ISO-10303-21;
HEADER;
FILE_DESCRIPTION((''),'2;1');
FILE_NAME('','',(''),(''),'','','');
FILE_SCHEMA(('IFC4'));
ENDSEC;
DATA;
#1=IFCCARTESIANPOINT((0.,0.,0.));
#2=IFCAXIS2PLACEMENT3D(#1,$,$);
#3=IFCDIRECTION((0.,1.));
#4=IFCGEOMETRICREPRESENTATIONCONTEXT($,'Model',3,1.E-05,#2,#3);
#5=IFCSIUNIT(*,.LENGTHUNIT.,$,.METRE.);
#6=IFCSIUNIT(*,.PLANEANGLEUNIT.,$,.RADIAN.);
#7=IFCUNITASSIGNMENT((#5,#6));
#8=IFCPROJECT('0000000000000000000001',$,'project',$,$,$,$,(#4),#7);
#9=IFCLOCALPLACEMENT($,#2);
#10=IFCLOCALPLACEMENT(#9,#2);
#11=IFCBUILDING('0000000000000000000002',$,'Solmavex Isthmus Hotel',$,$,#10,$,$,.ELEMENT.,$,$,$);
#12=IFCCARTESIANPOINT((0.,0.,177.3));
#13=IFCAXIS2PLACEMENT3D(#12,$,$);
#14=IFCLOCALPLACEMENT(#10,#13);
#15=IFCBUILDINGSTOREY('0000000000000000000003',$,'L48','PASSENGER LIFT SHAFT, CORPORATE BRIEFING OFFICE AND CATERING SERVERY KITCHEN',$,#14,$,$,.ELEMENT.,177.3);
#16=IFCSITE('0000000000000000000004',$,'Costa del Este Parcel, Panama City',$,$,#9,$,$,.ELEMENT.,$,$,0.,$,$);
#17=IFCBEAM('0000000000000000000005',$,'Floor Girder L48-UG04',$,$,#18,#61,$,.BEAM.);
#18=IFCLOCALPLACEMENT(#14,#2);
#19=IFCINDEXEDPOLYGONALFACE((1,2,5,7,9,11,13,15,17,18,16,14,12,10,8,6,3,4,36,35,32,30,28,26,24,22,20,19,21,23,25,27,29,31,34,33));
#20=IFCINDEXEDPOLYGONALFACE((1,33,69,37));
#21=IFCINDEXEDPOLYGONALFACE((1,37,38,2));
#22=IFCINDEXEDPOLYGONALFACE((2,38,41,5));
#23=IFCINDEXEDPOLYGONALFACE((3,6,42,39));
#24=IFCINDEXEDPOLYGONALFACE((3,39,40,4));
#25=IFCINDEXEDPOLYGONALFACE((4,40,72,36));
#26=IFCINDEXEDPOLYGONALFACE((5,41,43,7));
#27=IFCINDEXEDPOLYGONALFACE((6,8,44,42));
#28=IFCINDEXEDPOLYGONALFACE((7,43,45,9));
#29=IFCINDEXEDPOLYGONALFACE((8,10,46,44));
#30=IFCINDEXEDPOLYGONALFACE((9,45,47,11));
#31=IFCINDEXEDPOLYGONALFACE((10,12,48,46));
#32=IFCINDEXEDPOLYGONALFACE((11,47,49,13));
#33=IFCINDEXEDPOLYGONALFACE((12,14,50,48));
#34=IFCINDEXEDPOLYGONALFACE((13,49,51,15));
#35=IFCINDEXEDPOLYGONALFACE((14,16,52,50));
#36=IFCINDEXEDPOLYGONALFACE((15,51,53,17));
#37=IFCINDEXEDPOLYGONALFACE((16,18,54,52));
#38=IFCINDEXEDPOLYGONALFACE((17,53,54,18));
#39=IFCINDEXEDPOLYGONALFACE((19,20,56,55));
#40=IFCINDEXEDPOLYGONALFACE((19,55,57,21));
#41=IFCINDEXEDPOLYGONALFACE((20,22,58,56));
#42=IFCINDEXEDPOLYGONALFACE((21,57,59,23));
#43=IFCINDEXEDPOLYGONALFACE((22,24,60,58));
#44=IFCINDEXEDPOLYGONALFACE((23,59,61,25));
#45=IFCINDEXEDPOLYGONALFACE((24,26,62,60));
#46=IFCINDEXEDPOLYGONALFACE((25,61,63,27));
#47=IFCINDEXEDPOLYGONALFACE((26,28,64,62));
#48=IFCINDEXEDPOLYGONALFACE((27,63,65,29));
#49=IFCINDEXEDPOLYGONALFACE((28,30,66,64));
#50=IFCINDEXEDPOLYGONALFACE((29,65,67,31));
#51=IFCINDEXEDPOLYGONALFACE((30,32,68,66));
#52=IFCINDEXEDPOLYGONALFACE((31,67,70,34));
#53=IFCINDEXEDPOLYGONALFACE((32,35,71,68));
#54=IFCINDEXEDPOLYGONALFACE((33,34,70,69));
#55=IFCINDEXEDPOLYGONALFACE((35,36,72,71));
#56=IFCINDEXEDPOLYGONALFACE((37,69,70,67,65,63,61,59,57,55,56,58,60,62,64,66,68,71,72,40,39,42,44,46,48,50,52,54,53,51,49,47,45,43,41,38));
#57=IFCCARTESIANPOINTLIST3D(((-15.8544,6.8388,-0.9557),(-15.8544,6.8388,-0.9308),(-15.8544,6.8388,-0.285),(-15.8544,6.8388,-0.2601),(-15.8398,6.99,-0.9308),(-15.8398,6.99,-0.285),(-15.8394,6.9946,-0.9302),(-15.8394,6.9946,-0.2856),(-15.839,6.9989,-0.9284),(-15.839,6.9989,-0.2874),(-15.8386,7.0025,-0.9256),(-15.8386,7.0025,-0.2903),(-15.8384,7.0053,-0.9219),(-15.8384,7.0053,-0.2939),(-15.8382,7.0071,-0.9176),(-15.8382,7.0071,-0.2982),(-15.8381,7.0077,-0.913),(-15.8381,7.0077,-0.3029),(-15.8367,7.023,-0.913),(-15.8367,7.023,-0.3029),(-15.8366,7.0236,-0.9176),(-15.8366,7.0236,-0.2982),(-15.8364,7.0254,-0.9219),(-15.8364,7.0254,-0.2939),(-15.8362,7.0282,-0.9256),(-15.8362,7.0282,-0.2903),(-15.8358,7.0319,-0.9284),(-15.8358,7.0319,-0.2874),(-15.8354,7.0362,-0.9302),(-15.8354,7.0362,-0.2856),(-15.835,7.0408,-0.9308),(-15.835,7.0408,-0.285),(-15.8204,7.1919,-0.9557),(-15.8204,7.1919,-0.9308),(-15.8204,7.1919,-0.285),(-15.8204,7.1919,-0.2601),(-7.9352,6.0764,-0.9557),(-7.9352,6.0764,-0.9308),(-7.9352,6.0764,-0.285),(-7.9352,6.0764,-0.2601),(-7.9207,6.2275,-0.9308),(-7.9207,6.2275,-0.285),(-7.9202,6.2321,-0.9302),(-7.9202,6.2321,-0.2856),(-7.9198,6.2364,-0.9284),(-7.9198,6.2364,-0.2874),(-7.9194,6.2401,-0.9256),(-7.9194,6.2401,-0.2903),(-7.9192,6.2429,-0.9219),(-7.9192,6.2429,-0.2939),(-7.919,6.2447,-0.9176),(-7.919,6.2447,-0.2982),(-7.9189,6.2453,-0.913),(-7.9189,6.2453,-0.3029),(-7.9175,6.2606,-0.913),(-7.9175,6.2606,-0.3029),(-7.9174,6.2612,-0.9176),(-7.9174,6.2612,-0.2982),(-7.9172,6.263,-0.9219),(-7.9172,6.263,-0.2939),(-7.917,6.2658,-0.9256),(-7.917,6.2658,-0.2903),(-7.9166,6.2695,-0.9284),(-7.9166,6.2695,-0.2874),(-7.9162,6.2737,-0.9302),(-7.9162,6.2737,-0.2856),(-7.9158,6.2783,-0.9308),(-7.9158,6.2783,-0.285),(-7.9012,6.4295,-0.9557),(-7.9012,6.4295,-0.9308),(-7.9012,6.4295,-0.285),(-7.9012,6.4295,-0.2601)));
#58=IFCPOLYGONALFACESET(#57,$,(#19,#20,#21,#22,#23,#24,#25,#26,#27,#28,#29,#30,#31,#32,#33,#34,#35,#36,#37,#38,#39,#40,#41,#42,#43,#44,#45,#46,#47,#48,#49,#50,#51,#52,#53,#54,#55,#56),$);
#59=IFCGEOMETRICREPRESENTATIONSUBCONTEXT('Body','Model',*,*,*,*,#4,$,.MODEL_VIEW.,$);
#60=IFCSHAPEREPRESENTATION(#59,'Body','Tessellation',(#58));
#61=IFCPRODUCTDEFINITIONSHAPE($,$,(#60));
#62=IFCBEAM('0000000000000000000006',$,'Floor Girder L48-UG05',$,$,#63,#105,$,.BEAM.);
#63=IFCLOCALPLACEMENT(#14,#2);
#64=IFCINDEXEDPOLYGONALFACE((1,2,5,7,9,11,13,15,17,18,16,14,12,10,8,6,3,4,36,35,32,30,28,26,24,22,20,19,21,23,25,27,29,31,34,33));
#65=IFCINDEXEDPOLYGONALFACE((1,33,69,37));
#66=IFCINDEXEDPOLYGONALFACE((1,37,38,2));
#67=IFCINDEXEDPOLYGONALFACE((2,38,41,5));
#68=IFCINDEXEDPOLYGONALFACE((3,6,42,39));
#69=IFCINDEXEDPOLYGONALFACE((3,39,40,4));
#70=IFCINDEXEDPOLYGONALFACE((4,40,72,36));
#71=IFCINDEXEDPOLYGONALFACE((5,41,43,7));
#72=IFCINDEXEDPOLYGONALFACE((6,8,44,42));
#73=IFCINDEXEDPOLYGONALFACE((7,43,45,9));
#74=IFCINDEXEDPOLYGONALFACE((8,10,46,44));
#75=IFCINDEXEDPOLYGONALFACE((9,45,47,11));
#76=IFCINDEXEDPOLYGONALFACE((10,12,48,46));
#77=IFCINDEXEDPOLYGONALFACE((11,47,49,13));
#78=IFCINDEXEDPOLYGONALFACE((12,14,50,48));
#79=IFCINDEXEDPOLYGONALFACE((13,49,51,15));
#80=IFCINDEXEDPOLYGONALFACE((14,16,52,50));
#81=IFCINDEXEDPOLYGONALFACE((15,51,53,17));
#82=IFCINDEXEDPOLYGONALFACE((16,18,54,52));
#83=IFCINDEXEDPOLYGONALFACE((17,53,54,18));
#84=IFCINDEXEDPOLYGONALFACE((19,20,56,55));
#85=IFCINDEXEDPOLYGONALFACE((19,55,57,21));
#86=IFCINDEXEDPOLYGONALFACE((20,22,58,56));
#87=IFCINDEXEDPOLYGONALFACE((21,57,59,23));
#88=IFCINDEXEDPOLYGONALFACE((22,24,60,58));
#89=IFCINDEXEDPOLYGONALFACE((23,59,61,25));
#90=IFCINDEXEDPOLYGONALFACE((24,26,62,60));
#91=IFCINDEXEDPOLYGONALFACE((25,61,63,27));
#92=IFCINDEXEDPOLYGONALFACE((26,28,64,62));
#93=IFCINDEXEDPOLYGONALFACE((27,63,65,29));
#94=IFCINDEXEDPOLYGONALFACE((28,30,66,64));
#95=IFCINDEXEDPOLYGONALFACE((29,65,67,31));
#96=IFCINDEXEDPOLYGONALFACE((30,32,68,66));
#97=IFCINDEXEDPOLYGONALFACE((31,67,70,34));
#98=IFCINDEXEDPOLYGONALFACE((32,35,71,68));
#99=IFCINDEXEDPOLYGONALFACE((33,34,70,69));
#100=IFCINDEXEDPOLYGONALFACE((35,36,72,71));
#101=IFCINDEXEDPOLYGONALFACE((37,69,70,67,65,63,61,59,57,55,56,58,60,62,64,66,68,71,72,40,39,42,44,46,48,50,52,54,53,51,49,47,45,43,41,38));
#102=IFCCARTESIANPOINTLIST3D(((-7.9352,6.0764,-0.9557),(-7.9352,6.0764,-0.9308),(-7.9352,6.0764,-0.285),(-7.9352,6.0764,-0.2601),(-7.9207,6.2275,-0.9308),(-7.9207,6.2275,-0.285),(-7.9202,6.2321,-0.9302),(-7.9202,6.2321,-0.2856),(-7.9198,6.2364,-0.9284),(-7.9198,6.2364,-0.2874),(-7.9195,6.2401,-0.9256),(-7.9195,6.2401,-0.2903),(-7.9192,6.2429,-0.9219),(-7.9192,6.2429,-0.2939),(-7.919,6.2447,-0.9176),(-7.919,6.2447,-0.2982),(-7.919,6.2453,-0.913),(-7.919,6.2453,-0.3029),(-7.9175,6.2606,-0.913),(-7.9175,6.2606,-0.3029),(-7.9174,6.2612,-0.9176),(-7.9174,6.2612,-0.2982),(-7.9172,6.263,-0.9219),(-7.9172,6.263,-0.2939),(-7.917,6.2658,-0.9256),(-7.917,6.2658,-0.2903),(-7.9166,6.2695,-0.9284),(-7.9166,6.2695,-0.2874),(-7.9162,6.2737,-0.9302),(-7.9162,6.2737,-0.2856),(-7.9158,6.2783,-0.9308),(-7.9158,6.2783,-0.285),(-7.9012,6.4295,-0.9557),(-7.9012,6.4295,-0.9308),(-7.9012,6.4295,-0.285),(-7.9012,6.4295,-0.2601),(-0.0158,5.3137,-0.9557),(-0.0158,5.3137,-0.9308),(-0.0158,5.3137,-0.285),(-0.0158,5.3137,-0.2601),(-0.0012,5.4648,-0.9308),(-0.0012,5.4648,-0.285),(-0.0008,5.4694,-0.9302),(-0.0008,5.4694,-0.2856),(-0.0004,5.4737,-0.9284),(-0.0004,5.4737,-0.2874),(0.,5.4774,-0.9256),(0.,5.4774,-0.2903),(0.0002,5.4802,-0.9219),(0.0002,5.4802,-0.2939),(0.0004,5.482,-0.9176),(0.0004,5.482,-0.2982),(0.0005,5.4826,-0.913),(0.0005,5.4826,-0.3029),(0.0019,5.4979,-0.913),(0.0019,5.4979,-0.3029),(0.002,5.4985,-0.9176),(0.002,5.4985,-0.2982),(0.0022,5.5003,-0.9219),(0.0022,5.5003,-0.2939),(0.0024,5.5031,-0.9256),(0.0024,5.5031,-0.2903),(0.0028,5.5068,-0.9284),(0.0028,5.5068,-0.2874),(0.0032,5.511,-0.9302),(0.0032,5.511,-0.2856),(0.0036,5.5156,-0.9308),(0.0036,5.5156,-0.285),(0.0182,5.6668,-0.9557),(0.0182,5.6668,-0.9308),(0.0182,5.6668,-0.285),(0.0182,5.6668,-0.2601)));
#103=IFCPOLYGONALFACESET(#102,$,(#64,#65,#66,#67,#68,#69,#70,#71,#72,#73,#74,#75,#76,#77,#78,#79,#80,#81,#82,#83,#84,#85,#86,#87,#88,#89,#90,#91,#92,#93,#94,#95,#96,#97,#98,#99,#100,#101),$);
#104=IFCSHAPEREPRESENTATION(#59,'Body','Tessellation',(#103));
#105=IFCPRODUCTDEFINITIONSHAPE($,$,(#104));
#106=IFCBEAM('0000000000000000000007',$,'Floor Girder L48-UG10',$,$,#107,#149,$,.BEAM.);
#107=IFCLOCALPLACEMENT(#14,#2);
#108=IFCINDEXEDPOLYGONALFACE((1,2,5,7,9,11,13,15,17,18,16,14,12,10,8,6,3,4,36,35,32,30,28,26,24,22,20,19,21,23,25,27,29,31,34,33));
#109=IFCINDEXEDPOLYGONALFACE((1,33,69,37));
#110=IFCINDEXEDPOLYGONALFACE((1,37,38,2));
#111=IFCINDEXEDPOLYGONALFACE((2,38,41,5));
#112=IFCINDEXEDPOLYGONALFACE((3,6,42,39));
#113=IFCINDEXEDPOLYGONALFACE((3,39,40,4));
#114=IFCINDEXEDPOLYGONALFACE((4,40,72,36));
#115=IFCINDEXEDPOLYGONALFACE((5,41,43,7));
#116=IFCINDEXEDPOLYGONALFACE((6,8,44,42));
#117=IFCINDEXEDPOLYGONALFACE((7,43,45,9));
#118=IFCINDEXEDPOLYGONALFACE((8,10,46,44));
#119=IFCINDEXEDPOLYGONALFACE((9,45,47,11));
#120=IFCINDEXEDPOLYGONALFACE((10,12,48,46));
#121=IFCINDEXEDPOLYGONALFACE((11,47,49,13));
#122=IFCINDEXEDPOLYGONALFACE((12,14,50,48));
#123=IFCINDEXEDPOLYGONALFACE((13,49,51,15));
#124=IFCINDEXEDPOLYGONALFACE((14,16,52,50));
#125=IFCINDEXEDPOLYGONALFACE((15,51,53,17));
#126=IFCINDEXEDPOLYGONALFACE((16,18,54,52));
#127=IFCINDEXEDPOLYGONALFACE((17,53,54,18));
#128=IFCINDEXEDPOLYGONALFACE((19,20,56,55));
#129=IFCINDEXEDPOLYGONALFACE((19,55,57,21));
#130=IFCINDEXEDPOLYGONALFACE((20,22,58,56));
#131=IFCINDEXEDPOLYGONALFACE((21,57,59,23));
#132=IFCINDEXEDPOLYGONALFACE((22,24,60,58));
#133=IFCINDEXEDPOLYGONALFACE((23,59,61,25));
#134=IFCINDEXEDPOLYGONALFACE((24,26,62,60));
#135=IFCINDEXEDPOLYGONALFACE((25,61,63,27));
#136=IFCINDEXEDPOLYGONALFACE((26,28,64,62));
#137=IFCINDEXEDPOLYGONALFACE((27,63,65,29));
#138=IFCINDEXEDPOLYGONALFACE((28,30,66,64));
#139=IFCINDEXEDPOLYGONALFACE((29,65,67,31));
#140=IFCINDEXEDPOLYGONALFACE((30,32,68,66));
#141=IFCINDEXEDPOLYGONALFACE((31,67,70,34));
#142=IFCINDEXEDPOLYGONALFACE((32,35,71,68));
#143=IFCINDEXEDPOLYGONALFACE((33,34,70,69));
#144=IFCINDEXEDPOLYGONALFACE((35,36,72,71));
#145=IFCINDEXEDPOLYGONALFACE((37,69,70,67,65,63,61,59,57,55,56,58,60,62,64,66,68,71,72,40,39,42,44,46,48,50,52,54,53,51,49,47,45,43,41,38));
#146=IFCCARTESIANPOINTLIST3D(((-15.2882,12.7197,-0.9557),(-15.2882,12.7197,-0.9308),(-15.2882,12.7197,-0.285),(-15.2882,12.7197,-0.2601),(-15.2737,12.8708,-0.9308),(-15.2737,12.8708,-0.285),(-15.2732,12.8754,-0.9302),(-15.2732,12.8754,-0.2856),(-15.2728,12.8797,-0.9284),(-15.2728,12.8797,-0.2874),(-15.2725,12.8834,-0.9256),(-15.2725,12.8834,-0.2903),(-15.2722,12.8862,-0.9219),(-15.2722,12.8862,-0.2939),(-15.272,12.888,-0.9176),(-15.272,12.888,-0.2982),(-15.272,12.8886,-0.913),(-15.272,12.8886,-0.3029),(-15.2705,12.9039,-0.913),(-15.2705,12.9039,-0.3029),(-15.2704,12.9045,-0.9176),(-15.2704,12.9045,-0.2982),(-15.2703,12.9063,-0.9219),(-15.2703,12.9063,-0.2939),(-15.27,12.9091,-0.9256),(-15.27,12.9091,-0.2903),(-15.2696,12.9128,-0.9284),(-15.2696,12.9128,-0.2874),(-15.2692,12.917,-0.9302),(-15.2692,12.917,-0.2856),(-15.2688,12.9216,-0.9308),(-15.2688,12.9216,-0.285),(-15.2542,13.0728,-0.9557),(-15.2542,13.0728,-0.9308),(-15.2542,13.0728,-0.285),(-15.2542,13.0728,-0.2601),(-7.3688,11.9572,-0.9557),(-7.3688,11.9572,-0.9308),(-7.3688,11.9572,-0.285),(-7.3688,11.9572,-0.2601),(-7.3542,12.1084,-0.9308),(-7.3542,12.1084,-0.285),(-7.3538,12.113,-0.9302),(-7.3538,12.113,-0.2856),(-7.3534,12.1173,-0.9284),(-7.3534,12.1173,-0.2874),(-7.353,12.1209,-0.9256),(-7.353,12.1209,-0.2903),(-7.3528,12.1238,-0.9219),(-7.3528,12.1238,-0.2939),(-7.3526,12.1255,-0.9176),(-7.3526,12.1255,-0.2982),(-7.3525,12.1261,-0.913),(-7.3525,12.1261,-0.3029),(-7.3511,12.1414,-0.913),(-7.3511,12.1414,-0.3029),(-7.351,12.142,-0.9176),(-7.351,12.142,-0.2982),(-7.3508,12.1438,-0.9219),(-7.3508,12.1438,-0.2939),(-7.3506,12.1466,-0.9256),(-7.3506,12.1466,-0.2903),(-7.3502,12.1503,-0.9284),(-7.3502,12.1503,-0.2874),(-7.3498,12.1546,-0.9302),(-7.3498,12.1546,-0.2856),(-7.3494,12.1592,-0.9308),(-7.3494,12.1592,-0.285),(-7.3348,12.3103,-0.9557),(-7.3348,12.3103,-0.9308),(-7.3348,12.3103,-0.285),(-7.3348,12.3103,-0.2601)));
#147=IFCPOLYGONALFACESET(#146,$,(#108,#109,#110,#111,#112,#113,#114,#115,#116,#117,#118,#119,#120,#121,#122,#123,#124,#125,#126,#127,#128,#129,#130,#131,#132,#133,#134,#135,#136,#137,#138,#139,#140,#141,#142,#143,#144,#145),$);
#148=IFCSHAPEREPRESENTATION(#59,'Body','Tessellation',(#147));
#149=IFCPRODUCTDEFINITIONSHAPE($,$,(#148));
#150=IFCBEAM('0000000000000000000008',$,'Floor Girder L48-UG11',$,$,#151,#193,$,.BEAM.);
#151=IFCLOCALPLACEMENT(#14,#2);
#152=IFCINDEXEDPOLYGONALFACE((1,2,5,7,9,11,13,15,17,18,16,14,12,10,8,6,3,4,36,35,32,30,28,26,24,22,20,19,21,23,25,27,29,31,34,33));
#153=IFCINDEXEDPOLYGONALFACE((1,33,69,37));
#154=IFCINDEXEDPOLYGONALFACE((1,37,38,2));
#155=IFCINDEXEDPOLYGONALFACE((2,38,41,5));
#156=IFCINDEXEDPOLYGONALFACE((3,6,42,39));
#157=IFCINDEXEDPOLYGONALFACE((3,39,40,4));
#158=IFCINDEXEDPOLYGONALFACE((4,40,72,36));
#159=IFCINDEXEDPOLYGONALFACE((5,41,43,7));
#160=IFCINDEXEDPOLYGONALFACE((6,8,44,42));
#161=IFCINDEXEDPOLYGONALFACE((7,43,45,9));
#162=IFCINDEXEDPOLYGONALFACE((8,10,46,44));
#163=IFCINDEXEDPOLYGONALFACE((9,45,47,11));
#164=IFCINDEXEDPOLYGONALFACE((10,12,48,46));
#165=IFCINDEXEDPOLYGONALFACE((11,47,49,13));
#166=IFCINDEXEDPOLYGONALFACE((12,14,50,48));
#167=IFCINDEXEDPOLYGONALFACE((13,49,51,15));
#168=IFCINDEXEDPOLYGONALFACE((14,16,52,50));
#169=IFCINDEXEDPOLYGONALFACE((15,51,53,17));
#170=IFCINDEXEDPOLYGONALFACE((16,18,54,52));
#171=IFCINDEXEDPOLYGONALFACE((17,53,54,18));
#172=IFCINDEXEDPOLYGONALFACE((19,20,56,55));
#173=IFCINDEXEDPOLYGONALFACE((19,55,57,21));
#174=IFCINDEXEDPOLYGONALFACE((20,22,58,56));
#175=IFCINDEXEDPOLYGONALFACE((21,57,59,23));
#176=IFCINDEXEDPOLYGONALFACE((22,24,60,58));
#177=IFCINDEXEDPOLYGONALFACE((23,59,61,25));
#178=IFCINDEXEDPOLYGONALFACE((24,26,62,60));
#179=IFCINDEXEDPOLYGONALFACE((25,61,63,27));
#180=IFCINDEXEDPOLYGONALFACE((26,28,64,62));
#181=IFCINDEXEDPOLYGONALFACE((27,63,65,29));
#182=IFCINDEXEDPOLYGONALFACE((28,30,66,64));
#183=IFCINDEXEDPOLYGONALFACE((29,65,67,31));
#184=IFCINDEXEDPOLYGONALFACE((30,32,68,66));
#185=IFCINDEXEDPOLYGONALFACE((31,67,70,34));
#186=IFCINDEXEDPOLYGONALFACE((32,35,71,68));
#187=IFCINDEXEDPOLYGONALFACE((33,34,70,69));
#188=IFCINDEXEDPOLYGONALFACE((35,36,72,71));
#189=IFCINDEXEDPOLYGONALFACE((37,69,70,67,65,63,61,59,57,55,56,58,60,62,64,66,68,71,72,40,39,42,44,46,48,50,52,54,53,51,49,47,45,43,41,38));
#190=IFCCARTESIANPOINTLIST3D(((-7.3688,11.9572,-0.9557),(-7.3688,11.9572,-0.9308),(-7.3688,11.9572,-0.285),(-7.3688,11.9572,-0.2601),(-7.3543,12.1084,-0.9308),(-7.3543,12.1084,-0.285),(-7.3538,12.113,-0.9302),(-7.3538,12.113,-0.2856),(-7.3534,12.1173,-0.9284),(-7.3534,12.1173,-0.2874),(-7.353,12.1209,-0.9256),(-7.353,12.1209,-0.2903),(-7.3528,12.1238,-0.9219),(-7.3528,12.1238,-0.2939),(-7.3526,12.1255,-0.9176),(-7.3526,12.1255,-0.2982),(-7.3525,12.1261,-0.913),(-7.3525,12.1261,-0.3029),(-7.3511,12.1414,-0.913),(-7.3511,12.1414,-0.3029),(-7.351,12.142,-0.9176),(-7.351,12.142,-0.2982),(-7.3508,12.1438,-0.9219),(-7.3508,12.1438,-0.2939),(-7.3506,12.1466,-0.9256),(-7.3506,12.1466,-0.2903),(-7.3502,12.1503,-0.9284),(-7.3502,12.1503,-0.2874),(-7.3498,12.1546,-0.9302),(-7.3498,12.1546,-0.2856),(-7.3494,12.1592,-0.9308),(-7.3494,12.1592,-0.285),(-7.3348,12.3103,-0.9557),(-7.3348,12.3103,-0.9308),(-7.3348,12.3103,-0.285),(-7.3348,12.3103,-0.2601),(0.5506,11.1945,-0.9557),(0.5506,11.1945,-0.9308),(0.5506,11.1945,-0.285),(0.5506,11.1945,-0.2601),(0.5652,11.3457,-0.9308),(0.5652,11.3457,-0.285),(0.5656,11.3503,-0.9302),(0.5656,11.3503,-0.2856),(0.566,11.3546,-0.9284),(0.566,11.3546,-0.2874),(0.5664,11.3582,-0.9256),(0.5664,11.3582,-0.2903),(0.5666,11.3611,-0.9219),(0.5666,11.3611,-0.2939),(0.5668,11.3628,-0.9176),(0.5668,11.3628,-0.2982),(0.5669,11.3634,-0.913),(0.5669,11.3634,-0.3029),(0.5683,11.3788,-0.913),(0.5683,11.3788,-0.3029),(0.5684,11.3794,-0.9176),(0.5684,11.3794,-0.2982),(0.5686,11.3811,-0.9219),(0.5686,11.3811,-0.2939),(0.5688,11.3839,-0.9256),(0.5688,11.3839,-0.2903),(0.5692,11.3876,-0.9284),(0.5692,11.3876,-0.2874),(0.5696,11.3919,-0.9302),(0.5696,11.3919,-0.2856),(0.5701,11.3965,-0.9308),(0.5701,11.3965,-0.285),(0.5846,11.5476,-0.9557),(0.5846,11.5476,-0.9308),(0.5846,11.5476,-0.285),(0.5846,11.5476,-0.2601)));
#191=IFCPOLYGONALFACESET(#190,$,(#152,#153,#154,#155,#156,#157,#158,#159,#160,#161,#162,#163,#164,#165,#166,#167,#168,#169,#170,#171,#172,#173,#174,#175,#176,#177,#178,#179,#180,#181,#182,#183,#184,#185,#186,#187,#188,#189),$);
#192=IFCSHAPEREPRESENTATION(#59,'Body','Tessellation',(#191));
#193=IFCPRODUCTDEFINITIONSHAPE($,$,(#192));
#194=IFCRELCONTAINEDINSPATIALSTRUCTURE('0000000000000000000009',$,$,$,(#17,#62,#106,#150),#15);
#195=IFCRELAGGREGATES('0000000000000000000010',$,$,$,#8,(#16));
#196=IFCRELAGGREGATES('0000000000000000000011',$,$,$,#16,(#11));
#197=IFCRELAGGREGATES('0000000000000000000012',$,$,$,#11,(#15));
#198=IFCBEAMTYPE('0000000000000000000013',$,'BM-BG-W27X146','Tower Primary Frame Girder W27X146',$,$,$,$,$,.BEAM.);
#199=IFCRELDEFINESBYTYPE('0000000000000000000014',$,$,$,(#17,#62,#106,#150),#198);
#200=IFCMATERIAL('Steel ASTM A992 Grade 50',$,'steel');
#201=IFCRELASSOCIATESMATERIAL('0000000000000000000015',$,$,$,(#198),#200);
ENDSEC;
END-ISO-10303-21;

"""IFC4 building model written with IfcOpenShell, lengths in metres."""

from ifc_helpers import new_model, si_unit, direction, frame, origin, origin_2d, place, context, subcontext, project, spatial, i_section, extrude, material, material_profile, profile_set, type_object, element, save


model = new_model("IFC4")

# Units and contexts
model_context = context("Model", 3, precision=1e-05, world=origin(), true_north=direction((0.0, 1.0)))
body_context = subcontext(model_context, "Body", "Model", "MODEL_VIEW")
ifc_project = project(units=[si_unit("LENGTHUNIT", "METRE"), si_unit("PLANEANGLEUNIT", "RADIAN")], contexts=[model_context])

# Site, building, storey
site_placement = place(None, origin())
site = spatial("IfcSite", under=ifc_project, at=site_placement, Name="Costa del Este Parcel, Panama City", CompositionType="ELEMENT", RefElevation=0.0)
building_placement = place(site_placement, origin())
building = spatial("IfcBuilding", under=site, at=building_placement, Name="Solmavex Isthmus Hotel", CompositionType="ELEMENT")
storey_placement = place(building_placement, frame((0.0, 0.0, 177.3)))
storey = spatial("IfcBuildingStorey", under=building, at=storey_placement, Name="L48", Description="PASSENGER LIFT SHAFT, CORPORATE BRIEFING OFFICE AND CATERING SERVERY KITCHEN", CompositionType="ELEMENT", Elevation=177.3)

# Beams
ifc_material_1 = material(Name="Steel ASTM A992 Grade 50", Category="steel")
ifc_material_profile_1 = material_profile(ifc_material_1, i_section(OverallWidth=0.3547, OverallDepth=0.6956, WebThickness=0.0154, FlangeThickness=0.0249, FilletRadius=0.0178, at=origin_2d()), Name="W27X146")
ifc_profile_set_1 = profile_set([ifc_material_profile_1], Name="Steel ASTM A992 Grade 50")
beam_type_1 = type_object("IfcBeamType", Name="BM-BG-W27X146", Description="Tower Primary Frame Girder W27X146", PredefinedType="BEAM", material=ifc_profile_set_1)
beam_1_placement = place(storey_placement, frame((-15.8374, 7.0154, -0.6079), z_axis=(0.995397, -0.095836, 0.0), x_axis=(0.095836, 0.995397, 0.0)))
element("IfcBeam", 1, at=beam_1_placement, inside=storey, type_object=beam_type_1, Name="Floor Girder L48-UG04", PredefinedType="BEAM", context=body_context, shape_type="SweptSolid", body=[
    extrude(i_section(OverallWidth=0.3547, OverallDepth=0.6956, WebThickness=0.0154, FlangeThickness=0.0249, FilletRadius=0.0178, at=origin_2d()), origin(), (0.0, 0.0, 1.0), 7.9558),
])
for number, where, z_axis, x_axis, name in (
    (2, (-7.9182, 6.2529, -0.6079), (0.995395, -0.095863, 0.0), (0.095863, 0.995395, 0.0), "Floor Girder L48-UG05"),
    (3, (-15.2712, 12.8962, -0.6079), (0.995397, -0.095833, 0.0), (0.095833, 0.995397, 0.0), "Floor Girder L48-UG10"),
    (4, (-7.3518, 12.1338, -0.6079), (0.995395, -0.095863, 0.0), (0.095863, 0.995395, 0.0), "Floor Girder L48-UG11"),
):
    element("IfcBeam", number, at=place(storey_placement, frame(where, z_axis=z_axis, x_axis=x_axis)), inside=storey, type_object=beam_type_1, Name=name, PredefinedType="BEAM", context=body_context, shape_type="SweptSolid", body=[
        extrude(i_section(OverallWidth=0.3547, OverallDepth=0.6956, WebThickness=0.0154, FlangeThickness=0.0249, FilletRadius=0.0178, at=origin_2d()), origin(), (0.0, 0.0, 1.0), 7.9561),
    ])

save(model, "model.ifc")
